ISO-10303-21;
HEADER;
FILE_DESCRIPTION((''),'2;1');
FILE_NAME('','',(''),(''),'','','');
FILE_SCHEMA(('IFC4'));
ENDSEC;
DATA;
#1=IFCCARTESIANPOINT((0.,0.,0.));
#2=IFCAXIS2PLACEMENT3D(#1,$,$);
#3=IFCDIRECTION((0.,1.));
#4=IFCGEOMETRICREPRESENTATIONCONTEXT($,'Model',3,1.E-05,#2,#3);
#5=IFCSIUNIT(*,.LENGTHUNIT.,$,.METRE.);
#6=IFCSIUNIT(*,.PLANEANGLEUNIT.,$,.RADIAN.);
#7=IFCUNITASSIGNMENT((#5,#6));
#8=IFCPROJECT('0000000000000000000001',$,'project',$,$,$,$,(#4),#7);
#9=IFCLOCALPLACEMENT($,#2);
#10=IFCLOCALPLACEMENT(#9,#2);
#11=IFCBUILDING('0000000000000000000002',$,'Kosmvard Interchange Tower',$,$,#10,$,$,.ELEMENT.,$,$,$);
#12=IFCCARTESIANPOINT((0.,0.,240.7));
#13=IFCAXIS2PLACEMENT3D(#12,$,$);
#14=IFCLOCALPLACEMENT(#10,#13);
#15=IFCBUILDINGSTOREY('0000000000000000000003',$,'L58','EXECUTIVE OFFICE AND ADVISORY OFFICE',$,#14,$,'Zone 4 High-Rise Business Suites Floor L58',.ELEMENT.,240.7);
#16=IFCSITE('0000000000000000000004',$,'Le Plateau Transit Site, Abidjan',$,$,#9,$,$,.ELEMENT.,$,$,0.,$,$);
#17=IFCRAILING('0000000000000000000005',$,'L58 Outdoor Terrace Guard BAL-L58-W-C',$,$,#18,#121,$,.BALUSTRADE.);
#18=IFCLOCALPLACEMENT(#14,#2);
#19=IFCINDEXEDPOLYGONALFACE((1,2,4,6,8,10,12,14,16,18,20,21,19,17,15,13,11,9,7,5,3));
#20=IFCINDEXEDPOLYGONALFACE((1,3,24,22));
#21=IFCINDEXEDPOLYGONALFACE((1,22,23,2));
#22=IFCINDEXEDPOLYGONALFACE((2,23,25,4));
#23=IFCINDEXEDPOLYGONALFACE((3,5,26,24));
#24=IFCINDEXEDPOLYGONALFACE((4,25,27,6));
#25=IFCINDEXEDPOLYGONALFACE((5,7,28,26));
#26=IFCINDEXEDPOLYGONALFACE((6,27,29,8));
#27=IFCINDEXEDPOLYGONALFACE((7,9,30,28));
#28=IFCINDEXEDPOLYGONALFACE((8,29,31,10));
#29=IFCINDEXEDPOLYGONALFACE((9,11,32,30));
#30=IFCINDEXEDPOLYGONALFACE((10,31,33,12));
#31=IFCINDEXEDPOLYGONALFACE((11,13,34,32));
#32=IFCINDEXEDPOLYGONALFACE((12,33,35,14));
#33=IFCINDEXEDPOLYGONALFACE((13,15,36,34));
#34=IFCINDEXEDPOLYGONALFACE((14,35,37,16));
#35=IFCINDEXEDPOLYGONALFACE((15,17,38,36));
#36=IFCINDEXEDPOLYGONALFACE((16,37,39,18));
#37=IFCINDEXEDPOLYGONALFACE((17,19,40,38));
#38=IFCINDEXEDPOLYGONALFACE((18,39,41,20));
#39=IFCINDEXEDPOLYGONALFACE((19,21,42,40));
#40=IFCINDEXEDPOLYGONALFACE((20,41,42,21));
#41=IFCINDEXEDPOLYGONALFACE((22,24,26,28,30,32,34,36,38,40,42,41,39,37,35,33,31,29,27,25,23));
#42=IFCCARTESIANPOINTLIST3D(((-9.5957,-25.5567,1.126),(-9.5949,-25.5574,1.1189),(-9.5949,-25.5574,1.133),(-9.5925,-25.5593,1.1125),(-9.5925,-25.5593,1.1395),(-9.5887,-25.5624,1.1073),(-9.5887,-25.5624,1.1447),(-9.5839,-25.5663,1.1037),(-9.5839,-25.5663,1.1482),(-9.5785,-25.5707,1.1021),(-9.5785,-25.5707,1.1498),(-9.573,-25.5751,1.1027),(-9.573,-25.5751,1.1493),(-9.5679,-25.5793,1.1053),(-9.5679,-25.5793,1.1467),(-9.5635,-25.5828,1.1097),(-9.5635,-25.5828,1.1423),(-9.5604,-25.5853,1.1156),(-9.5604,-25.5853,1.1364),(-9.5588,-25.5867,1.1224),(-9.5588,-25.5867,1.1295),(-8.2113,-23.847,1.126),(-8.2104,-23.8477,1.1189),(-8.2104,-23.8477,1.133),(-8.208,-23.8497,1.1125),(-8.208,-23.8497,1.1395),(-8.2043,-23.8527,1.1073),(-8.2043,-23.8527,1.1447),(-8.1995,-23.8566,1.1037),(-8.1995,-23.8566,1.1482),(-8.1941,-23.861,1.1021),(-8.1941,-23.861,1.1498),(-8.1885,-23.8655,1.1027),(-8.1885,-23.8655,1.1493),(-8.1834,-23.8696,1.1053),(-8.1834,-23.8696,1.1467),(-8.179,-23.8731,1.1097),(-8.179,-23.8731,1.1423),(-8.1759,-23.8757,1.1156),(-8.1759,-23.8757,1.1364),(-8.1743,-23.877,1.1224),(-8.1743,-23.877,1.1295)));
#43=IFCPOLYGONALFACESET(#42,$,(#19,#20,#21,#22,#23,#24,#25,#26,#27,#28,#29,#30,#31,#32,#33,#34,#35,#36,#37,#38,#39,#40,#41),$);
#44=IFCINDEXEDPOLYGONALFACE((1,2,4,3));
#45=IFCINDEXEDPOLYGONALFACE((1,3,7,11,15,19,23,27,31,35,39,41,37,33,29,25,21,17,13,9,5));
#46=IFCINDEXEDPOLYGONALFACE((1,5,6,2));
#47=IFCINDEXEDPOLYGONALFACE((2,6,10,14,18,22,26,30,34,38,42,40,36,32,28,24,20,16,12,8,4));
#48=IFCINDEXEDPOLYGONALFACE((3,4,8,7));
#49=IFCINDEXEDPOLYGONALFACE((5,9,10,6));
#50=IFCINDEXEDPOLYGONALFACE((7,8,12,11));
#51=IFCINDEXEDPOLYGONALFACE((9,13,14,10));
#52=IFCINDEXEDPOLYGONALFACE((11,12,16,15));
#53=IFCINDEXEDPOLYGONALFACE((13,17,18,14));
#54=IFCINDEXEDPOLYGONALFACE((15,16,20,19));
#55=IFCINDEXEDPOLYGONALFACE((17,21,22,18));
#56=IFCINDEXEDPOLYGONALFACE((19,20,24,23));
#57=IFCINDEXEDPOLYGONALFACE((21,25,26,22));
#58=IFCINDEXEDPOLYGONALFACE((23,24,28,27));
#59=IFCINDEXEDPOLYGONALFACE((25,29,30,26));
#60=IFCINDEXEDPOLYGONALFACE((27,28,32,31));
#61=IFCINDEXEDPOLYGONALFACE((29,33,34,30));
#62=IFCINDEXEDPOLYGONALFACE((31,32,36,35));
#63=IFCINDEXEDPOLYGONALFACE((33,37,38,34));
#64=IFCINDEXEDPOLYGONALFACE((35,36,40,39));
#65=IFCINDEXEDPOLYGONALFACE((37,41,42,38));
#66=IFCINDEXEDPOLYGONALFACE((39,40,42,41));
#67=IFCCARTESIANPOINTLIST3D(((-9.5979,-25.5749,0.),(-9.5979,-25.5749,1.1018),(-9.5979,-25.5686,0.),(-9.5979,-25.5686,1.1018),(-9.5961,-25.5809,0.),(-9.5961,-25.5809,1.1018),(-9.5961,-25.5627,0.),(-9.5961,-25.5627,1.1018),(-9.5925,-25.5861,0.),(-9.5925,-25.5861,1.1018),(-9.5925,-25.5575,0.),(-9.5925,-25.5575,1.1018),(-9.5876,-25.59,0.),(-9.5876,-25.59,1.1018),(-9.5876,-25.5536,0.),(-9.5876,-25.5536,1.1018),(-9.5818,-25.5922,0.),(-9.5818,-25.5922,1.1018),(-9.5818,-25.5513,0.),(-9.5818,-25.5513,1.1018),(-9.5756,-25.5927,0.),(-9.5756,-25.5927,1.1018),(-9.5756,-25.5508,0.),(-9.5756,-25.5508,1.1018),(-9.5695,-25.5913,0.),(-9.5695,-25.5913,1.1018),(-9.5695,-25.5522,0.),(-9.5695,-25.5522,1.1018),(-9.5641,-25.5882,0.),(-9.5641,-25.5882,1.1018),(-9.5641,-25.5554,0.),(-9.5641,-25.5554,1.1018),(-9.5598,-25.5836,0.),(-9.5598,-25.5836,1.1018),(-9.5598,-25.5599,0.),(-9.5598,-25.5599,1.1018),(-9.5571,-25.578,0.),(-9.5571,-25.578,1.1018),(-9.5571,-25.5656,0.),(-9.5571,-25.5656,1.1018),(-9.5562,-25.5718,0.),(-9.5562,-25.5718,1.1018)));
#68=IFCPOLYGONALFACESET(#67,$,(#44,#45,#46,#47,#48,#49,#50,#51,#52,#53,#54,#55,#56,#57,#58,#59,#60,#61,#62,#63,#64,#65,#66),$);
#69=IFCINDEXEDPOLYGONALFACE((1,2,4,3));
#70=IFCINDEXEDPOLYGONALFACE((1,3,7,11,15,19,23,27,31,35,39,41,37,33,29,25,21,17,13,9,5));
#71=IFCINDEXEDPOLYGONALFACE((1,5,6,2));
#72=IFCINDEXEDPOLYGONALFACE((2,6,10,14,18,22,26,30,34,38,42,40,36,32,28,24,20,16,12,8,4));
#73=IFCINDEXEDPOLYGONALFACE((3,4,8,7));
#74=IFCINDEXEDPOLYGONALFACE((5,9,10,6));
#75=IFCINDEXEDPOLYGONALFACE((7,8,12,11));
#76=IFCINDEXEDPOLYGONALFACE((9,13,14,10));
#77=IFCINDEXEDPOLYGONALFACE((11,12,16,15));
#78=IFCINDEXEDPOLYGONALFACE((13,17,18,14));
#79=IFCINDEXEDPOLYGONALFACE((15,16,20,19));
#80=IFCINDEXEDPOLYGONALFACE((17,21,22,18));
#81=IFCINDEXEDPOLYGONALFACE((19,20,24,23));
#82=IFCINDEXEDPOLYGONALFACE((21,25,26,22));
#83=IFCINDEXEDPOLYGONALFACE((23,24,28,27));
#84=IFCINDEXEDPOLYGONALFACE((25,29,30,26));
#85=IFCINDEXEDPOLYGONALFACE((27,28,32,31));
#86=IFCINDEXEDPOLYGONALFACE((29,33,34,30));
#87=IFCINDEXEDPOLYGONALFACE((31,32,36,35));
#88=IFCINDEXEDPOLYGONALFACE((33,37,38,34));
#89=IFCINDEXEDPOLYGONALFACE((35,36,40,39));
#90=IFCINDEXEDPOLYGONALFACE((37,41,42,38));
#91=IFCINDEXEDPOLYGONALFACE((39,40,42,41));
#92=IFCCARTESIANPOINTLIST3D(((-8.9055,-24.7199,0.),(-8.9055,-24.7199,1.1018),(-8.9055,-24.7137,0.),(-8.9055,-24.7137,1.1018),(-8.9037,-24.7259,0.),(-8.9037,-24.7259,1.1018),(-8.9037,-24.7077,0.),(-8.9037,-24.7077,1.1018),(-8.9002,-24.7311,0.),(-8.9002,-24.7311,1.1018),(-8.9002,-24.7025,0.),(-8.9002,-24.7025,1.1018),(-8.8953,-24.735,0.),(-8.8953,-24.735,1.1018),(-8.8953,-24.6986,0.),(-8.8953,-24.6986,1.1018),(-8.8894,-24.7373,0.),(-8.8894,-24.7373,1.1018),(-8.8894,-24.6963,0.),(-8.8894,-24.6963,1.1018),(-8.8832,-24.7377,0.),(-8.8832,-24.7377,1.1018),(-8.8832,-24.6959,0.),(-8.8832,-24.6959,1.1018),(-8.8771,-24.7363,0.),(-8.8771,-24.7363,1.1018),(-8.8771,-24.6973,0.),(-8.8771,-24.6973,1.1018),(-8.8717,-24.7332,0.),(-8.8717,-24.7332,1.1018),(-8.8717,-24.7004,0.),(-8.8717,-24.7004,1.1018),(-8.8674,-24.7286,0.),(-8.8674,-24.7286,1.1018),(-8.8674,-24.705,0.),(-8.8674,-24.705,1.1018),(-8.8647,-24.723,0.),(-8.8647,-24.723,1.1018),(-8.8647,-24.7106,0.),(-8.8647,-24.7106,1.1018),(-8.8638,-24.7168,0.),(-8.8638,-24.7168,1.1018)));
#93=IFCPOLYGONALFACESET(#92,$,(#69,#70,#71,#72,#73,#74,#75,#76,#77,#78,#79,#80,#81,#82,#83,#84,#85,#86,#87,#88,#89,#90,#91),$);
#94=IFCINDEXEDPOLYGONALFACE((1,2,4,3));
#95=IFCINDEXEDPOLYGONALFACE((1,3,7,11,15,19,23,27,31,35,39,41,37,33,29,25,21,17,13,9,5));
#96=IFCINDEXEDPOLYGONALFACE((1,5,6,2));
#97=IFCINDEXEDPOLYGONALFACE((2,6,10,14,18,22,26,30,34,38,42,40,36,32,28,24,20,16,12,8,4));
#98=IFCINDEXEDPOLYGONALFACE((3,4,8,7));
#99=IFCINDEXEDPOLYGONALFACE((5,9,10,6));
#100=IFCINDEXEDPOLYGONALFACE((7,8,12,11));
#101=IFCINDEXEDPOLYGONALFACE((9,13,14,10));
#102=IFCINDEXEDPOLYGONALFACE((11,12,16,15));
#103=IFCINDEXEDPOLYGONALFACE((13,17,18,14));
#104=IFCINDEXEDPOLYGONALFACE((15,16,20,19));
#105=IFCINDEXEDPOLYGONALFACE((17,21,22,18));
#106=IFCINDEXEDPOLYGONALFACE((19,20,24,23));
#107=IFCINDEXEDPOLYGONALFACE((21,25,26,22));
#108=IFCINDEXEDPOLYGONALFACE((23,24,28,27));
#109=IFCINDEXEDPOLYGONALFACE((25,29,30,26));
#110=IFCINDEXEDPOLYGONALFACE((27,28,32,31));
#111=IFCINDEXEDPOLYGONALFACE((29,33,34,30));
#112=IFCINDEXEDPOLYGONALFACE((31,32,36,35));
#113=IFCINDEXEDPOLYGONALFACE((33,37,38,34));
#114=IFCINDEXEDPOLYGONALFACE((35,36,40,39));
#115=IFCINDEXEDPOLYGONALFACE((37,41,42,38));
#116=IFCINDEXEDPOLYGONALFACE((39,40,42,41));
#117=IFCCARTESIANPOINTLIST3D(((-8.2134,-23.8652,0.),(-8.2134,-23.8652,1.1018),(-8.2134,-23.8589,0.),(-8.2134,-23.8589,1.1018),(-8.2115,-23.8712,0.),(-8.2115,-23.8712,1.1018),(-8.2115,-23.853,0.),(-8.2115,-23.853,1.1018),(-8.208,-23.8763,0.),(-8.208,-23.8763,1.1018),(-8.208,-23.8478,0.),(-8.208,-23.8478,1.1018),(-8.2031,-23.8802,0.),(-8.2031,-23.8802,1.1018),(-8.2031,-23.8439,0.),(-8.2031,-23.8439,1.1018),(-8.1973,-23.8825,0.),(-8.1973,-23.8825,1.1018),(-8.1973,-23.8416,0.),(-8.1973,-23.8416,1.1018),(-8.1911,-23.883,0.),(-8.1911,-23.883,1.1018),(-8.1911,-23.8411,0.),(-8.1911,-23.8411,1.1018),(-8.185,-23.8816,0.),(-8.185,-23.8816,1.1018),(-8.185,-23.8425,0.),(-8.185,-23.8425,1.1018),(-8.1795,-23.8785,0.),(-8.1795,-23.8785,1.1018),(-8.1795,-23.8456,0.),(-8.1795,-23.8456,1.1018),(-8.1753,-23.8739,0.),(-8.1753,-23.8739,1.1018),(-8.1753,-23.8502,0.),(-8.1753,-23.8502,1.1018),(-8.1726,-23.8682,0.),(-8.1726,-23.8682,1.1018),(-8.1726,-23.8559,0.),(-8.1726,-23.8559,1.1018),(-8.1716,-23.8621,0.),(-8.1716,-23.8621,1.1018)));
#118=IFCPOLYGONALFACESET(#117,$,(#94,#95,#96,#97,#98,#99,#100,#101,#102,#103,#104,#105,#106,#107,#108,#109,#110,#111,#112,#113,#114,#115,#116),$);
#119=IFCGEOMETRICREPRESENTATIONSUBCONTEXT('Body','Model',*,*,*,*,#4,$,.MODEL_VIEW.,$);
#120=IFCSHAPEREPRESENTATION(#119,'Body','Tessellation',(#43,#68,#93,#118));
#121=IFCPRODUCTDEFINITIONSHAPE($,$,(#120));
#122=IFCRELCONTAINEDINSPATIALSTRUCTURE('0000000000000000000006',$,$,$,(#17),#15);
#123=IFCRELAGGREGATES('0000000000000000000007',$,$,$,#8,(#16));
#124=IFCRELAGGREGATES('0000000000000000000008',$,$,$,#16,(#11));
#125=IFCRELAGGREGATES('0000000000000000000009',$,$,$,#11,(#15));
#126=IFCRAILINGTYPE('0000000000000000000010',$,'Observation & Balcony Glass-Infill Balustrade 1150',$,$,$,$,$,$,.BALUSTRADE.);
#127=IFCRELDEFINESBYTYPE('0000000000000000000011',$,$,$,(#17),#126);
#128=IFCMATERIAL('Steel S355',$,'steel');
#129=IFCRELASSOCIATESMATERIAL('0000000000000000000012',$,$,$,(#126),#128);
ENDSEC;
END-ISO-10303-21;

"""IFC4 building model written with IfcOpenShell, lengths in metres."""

from ifc_helpers import new_model, si_unit, direction, frame, origin, origin_2d, place, context, subcontext, project, spatial, circle, extrude, source, transform, mapped, material, type_object, element, save


model = new_model("IFC4")

# Units and contexts
model_context = context("Model", 3, precision=1e-05, world=origin(), true_north=direction((0.0, 1.0)))
body_context = subcontext(model_context, "Body", "Model", "MODEL_VIEW")
ifc_project = project(units=[si_unit("LENGTHUNIT", "METRE"), si_unit("PLANEANGLEUNIT", "RADIAN")], contexts=[model_context])

# Site, building, storey
site_placement = place(None, origin())
site = spatial("IfcSite", under=ifc_project, at=site_placement, Name="Le Plateau Transit Site, Abidjan", CompositionType="ELEMENT", RefElevation=0.0)
building_placement = place(site_placement, origin())
building = spatial("IfcBuilding", under=site, at=building_placement, Name="Kosmvard Interchange Tower", CompositionType="ELEMENT")
storey_placement = place(building_placement, frame((0.0, 0.0, 240.7)))
storey = spatial("IfcBuildingStorey", under=building, at=storey_placement, Name="L58", Description="EXECUTIVE OFFICE AND ADVISORY OFFICE", LongName="Zone 4 High-Rise Business Suites Floor L58", CompositionType="ELEMENT", Elevation=240.7)

# Shared definitions
ifc_material_1 = material(Name="Steel S355", Category="steel")

# Railing
railing_type = type_object("IfcRailingType", Name="Observation & Balcony Glass-Infill Balustrade 1150", PredefinedType="BALUSTRADE", material=ifc_material_1)
shared_shape_1 = source(origin(), body_context, "Body", "SweptSolid", [
    extrude(circle(Radius=0.0239, at=origin_2d()), frame((0.0, 0.0, 1.126), z_axis=(0.629326, 0.777141, 0.0), x_axis=(-0.777141, 0.629326, 0.0)), (0.0, 0.0, 1.0), 2.2),
    extrude(circle(Radius=0.021, at=origin_2d()), origin(), (0.0, 0.0, 1.0), 1.1018),
    extrude(circle(Radius=0.021, at=origin_2d()), frame((0.6924, 0.855, 0.0)), (0.0, 0.0, 1.0), 1.1018),
    extrude(circle(Radius=0.021, at=origin_2d()), frame((1.3845, 1.7097, 0.0)), (0.0, 0.0, 1.0), 1.1018),
])
railing_1_placement = place(storey_placement, frame((-9.5771, -25.5718, 0.0)))
element("IfcRailing", 1, at=railing_1_placement, inside=storey, type_object=railing_type, Name="L58 Outdoor Terrace Guard BAL-L58-W-C", PredefinedType="BALUSTRADE", context=body_context, shape_type="MappedRepresentation", body=[
    mapped(shared_shape_1, transform((0.0, 0.0, 0.0), scale=1.0)),
])

save(model, "model.ifc")
